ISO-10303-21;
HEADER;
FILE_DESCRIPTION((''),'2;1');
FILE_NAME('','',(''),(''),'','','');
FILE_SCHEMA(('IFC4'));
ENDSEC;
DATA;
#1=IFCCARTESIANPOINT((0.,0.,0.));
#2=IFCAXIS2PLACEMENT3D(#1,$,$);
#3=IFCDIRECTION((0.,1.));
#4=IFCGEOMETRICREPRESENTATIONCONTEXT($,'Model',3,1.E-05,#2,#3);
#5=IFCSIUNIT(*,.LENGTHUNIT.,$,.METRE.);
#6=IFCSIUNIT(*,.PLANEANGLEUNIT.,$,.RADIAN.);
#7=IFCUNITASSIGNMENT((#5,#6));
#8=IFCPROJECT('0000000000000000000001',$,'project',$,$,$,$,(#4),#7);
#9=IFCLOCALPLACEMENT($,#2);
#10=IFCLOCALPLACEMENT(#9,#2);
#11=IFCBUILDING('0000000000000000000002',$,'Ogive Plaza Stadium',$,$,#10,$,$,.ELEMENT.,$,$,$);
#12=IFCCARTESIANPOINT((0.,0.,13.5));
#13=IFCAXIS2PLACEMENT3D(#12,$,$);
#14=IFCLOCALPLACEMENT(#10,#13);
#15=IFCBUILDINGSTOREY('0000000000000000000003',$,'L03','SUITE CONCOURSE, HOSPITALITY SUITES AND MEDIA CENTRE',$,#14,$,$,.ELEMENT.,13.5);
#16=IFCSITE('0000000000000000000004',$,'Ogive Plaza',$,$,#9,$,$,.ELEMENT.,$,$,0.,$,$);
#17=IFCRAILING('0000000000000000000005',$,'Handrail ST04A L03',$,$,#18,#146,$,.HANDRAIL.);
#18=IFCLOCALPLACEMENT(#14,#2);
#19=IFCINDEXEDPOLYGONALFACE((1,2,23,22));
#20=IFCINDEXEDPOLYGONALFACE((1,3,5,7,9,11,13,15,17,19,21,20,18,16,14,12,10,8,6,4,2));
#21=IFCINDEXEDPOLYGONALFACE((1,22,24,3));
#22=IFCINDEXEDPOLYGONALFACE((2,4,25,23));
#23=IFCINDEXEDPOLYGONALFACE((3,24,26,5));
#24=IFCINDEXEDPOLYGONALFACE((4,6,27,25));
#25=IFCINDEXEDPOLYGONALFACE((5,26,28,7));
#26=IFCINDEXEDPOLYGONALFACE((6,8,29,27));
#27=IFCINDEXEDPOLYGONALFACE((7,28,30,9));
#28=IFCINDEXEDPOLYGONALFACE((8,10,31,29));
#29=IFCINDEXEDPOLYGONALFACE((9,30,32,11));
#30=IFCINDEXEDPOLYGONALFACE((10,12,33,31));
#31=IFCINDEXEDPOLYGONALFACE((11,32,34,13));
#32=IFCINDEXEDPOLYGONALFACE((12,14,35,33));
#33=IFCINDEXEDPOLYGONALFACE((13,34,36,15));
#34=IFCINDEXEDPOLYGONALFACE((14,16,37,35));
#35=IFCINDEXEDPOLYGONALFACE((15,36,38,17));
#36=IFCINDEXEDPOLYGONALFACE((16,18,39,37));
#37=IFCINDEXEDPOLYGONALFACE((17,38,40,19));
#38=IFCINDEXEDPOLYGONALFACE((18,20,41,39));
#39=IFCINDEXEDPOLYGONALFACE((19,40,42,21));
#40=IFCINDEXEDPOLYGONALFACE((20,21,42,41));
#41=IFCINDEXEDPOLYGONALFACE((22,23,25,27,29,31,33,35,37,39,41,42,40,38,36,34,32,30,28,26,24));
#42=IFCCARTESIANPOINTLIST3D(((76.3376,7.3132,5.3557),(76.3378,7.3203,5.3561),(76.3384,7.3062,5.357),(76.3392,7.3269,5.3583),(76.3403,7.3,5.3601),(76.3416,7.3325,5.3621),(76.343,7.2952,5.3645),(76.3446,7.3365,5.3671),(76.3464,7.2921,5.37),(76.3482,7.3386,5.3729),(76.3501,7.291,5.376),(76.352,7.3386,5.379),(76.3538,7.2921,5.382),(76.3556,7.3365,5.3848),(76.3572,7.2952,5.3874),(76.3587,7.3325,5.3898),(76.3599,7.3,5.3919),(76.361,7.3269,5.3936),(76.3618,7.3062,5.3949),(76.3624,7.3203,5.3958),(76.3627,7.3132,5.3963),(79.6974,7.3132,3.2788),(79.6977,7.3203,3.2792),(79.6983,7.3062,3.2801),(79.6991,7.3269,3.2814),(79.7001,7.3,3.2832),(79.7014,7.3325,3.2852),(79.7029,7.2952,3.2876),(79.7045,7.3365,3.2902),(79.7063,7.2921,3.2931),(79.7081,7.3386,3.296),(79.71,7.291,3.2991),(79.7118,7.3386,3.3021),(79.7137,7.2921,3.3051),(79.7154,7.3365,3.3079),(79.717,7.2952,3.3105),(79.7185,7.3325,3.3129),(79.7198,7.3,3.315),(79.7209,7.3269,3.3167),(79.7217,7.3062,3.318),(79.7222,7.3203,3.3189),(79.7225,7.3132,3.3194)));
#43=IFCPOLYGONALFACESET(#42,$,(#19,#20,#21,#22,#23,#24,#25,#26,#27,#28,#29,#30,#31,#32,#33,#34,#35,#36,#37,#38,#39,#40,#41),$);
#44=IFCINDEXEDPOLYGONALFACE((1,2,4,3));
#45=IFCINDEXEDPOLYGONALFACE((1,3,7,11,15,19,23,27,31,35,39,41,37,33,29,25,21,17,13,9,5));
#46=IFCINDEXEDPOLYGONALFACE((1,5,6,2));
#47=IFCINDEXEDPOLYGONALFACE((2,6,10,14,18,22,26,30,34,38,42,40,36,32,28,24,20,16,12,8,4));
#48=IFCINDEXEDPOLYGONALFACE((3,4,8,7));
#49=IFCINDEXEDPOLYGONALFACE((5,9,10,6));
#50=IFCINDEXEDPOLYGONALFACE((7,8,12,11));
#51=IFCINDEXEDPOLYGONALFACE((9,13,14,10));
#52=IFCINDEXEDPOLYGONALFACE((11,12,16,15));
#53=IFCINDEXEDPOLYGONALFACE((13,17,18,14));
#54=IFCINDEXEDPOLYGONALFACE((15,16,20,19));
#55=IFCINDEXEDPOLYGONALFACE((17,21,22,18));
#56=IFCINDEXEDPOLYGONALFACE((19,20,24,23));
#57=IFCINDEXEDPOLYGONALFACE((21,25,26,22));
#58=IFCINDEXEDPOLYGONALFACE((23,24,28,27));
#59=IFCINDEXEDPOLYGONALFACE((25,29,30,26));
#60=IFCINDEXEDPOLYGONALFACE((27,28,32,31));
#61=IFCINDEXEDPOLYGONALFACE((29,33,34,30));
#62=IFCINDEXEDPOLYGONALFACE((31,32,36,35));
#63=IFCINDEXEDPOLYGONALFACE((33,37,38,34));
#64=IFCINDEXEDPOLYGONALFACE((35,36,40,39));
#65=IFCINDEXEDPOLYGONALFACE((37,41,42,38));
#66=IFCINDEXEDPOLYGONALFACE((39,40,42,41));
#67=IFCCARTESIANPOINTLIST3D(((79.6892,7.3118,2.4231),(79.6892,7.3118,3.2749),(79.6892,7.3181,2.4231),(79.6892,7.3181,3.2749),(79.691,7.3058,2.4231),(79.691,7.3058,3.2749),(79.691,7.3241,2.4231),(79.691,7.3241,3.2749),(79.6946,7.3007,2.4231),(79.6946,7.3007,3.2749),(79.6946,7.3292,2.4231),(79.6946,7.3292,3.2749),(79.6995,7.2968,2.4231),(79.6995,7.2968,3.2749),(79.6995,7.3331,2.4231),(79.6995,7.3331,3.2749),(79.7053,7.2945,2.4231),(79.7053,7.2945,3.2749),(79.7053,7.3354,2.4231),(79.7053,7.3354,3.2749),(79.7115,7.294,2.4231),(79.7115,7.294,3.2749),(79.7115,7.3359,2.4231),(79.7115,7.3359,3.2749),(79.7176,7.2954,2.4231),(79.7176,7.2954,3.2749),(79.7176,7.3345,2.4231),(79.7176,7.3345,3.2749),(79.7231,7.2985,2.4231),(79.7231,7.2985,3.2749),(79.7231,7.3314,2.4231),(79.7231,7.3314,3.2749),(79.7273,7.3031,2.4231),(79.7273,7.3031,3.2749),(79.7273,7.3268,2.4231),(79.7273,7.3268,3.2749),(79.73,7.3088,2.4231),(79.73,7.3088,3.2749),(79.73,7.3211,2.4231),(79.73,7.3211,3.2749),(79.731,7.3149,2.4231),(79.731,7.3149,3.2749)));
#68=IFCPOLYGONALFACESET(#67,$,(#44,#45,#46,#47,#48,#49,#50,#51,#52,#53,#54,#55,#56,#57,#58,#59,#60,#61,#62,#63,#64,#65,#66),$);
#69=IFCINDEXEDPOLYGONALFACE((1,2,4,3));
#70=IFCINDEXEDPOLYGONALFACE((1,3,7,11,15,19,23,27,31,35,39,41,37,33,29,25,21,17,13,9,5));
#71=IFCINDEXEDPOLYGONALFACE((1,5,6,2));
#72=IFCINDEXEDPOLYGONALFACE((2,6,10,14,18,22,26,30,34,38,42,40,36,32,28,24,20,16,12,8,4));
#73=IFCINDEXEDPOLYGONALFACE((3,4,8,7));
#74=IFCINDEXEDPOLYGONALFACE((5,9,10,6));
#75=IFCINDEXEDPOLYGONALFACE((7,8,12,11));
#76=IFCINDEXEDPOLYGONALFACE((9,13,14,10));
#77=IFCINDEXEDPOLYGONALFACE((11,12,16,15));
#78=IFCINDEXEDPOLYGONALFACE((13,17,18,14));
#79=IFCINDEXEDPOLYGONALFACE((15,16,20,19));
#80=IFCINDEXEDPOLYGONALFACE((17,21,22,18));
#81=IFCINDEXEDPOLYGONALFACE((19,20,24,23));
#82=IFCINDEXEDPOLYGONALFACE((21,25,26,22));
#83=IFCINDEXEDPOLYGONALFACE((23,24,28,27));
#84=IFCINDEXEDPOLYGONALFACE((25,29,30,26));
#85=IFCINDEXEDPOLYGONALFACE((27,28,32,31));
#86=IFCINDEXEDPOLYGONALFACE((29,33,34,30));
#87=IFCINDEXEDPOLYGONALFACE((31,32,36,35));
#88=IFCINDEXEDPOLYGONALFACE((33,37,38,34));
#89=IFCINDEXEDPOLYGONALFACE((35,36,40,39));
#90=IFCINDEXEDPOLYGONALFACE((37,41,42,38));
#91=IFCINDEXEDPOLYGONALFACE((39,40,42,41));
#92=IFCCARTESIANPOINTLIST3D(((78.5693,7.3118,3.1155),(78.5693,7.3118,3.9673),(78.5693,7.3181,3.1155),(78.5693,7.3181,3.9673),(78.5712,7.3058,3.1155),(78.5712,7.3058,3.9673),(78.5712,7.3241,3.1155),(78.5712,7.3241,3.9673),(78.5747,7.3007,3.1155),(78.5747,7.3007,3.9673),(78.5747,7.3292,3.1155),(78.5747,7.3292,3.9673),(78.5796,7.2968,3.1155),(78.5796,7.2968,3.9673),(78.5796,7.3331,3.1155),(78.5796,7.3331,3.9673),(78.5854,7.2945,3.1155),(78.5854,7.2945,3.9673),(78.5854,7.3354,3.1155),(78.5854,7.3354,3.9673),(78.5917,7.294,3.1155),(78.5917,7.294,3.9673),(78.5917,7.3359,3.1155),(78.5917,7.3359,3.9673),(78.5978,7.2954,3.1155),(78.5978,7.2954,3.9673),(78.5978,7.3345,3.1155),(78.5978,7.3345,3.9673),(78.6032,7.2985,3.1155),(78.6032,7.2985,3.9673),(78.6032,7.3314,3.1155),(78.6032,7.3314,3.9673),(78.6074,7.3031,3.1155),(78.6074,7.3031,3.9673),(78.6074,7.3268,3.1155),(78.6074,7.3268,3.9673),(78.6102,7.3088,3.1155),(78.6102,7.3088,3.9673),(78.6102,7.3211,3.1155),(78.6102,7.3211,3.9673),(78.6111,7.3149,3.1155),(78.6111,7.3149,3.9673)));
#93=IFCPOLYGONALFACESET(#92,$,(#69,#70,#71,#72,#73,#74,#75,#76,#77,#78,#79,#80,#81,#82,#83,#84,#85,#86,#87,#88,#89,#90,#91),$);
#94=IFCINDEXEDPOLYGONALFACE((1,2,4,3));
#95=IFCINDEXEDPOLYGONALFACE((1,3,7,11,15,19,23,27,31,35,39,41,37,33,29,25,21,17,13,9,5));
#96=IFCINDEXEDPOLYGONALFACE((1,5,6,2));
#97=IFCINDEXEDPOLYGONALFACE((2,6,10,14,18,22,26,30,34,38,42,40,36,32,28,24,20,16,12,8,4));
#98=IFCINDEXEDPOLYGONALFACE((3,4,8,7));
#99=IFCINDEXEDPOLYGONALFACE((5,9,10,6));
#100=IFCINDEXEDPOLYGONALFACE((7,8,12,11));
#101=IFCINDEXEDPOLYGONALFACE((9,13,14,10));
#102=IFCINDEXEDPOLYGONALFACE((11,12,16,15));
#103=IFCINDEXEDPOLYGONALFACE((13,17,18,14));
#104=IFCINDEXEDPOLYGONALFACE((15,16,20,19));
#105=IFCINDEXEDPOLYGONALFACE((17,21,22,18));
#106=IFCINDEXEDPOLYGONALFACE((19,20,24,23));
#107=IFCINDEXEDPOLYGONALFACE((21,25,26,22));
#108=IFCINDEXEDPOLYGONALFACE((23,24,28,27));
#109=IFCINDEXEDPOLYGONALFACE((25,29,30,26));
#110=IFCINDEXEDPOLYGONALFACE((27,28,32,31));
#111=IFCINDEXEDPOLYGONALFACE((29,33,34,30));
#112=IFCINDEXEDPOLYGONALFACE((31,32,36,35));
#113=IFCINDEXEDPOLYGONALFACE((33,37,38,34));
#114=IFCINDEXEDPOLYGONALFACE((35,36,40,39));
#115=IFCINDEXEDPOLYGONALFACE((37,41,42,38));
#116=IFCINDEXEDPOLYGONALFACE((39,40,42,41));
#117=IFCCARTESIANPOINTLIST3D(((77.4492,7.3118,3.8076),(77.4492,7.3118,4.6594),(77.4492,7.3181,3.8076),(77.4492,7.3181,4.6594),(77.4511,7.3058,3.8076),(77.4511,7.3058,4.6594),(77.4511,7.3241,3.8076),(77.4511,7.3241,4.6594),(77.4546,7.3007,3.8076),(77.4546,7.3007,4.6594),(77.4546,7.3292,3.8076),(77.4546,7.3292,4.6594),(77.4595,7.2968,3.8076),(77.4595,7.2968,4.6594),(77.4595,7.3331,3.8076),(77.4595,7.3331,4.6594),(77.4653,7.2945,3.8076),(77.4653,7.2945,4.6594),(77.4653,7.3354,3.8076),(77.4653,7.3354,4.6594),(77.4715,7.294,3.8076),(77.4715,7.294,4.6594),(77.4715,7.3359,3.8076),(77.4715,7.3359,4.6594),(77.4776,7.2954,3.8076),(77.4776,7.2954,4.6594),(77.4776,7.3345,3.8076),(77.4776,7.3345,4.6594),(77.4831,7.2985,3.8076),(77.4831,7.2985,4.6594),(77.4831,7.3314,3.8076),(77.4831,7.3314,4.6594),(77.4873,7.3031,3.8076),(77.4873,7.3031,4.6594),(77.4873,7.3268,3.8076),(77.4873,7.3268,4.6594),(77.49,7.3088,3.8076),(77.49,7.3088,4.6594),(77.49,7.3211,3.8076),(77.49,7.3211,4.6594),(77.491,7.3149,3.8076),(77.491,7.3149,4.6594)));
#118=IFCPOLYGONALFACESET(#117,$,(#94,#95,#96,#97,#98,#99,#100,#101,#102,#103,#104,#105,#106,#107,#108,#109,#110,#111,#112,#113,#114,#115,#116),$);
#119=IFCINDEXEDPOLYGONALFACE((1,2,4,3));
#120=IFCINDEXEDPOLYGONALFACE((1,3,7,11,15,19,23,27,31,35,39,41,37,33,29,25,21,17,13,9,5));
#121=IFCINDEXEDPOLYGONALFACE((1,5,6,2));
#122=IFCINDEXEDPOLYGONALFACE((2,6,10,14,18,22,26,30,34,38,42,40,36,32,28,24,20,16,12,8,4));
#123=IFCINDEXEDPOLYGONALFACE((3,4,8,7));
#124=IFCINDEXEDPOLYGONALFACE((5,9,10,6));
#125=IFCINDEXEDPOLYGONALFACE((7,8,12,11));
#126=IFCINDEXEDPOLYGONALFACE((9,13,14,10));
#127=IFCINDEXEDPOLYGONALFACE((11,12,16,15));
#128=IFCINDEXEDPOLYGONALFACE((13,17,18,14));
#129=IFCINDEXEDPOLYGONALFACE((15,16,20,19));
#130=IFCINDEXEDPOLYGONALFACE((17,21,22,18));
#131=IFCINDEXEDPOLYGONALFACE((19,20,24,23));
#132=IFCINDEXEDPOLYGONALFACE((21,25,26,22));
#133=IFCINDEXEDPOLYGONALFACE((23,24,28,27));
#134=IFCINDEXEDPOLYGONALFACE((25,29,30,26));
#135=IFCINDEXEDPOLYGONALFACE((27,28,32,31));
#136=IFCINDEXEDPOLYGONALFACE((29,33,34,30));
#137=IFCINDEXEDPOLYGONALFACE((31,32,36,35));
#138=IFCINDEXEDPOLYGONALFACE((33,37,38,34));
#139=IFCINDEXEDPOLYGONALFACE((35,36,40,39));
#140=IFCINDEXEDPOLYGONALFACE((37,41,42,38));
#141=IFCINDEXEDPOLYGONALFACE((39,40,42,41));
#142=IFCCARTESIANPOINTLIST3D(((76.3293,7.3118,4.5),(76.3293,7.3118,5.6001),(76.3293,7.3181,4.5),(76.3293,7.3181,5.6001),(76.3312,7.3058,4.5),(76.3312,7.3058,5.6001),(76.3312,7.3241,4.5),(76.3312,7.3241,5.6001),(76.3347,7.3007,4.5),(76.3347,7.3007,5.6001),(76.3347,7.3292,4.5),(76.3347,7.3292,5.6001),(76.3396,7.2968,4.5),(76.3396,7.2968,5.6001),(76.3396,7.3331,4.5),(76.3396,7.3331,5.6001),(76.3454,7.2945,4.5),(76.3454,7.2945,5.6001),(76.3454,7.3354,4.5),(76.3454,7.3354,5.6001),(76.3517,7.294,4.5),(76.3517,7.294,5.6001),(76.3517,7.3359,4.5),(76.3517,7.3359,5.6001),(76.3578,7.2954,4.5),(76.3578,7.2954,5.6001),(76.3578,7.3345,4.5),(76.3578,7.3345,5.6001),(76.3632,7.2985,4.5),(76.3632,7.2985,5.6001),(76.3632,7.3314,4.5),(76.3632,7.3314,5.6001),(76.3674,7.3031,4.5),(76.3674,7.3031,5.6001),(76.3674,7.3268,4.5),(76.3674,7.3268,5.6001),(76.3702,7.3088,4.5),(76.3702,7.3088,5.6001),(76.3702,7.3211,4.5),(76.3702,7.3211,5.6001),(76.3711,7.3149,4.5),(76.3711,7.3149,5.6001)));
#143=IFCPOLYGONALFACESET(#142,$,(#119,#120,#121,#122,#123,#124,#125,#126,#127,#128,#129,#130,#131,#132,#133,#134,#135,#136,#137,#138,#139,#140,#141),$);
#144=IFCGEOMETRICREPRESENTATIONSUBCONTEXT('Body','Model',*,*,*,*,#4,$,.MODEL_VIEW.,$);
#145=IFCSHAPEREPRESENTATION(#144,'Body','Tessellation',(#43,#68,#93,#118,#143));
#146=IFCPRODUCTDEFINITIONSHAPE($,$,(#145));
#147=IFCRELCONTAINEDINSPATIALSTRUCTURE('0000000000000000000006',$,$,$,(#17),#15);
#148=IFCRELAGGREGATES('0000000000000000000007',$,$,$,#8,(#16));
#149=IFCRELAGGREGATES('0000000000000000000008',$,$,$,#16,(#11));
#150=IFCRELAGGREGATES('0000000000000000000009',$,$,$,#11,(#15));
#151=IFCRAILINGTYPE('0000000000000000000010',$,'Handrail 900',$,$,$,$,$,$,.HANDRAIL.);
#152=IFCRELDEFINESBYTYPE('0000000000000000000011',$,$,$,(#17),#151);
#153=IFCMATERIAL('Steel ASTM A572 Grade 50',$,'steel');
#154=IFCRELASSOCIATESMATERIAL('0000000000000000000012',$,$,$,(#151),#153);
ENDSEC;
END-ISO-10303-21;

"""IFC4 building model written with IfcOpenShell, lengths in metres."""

from ifc_helpers import new_model, si_unit, direction, frame, origin, origin_2d, place, context, subcontext, project, spatial, circle, extrude, material, type_object, element, save


model = new_model("IFC4")

# Units and contexts
model_context = context("Model", 3, precision=1e-05, world=origin(), true_north=direction((0.0, 1.0)))
body_context = subcontext(model_context, "Body", "Model", "MODEL_VIEW")
ifc_project = project(units=[si_unit("LENGTHUNIT", "METRE"), si_unit("PLANEANGLEUNIT", "RADIAN")], contexts=[model_context])

# Site, building, storey
site_placement = place(None, origin())
site = spatial("IfcSite", under=ifc_project, at=site_placement, Name="Ogive Plaza", CompositionType="ELEMENT", RefElevation=0.0)
building_placement = place(site_placement, origin())
building = spatial("IfcBuilding", under=site, at=building_placement, Name="Ogive Plaza Stadium", CompositionType="ELEMENT")
storey_placement = place(building_placement, frame((0.0, 0.0, 13.5)))
storey = spatial("IfcBuildingStorey", under=building, at=storey_placement, Name="L03", Description="SUITE CONCOURSE, HOSPITALITY SUITES AND MEDIA CENTRE", CompositionType="ELEMENT", Elevation=13.5)

# Railing
ifc_material_1 = material(Name="Steel ASTM A572 Grade 50", Category="steel")
railing_type_1 = type_object("IfcRailingType", Name="Handrail 900", PredefinedType="HANDRAIL", material=ifc_material_1)
for number, where, name in (
    (1, (79.71, 7.3149, 2.4231), "Handrail ST04A L03"),
):
    element("IfcRailing", number, at=place(storey_placement, frame(where)), inside=storey, type_object=railing_type_1, Name=name, PredefinedType="HANDRAIL", context=body_context, shape_type="SweptSolid", body=[
        extrude(circle(Radius=0.0239, at=origin_2d()), frame((0.0, 0.0, 0.876), z_axis=(-0.850606, 0.0, 0.525803), x_axis=(0.0, -1.0, 0.0)), (0.0, 0.0, 1.0), 3.95),
        extrude(circle(Radius=0.021, at=origin_2d()), origin(), (0.0, 0.0, 1.0), 0.8518),
        extrude(circle(Radius=0.021, at=origin_2d()), frame((-1.1199, 0.0, 0.6924)), (0.0, 0.0, 1.0), 0.8518),
        extrude(circle(Radius=0.021, at=origin_2d()), frame((-2.24, 0.0, 1.3845)), (0.0, 0.0, 1.0), 0.8518),
        extrude(circle(Radius=0.021, at=origin_2d()), frame((-3.3599, 0.0, 2.0769)), (0.0, 0.0, 1.0), 1.1001),
    ])

save(model, "model.ifc")
